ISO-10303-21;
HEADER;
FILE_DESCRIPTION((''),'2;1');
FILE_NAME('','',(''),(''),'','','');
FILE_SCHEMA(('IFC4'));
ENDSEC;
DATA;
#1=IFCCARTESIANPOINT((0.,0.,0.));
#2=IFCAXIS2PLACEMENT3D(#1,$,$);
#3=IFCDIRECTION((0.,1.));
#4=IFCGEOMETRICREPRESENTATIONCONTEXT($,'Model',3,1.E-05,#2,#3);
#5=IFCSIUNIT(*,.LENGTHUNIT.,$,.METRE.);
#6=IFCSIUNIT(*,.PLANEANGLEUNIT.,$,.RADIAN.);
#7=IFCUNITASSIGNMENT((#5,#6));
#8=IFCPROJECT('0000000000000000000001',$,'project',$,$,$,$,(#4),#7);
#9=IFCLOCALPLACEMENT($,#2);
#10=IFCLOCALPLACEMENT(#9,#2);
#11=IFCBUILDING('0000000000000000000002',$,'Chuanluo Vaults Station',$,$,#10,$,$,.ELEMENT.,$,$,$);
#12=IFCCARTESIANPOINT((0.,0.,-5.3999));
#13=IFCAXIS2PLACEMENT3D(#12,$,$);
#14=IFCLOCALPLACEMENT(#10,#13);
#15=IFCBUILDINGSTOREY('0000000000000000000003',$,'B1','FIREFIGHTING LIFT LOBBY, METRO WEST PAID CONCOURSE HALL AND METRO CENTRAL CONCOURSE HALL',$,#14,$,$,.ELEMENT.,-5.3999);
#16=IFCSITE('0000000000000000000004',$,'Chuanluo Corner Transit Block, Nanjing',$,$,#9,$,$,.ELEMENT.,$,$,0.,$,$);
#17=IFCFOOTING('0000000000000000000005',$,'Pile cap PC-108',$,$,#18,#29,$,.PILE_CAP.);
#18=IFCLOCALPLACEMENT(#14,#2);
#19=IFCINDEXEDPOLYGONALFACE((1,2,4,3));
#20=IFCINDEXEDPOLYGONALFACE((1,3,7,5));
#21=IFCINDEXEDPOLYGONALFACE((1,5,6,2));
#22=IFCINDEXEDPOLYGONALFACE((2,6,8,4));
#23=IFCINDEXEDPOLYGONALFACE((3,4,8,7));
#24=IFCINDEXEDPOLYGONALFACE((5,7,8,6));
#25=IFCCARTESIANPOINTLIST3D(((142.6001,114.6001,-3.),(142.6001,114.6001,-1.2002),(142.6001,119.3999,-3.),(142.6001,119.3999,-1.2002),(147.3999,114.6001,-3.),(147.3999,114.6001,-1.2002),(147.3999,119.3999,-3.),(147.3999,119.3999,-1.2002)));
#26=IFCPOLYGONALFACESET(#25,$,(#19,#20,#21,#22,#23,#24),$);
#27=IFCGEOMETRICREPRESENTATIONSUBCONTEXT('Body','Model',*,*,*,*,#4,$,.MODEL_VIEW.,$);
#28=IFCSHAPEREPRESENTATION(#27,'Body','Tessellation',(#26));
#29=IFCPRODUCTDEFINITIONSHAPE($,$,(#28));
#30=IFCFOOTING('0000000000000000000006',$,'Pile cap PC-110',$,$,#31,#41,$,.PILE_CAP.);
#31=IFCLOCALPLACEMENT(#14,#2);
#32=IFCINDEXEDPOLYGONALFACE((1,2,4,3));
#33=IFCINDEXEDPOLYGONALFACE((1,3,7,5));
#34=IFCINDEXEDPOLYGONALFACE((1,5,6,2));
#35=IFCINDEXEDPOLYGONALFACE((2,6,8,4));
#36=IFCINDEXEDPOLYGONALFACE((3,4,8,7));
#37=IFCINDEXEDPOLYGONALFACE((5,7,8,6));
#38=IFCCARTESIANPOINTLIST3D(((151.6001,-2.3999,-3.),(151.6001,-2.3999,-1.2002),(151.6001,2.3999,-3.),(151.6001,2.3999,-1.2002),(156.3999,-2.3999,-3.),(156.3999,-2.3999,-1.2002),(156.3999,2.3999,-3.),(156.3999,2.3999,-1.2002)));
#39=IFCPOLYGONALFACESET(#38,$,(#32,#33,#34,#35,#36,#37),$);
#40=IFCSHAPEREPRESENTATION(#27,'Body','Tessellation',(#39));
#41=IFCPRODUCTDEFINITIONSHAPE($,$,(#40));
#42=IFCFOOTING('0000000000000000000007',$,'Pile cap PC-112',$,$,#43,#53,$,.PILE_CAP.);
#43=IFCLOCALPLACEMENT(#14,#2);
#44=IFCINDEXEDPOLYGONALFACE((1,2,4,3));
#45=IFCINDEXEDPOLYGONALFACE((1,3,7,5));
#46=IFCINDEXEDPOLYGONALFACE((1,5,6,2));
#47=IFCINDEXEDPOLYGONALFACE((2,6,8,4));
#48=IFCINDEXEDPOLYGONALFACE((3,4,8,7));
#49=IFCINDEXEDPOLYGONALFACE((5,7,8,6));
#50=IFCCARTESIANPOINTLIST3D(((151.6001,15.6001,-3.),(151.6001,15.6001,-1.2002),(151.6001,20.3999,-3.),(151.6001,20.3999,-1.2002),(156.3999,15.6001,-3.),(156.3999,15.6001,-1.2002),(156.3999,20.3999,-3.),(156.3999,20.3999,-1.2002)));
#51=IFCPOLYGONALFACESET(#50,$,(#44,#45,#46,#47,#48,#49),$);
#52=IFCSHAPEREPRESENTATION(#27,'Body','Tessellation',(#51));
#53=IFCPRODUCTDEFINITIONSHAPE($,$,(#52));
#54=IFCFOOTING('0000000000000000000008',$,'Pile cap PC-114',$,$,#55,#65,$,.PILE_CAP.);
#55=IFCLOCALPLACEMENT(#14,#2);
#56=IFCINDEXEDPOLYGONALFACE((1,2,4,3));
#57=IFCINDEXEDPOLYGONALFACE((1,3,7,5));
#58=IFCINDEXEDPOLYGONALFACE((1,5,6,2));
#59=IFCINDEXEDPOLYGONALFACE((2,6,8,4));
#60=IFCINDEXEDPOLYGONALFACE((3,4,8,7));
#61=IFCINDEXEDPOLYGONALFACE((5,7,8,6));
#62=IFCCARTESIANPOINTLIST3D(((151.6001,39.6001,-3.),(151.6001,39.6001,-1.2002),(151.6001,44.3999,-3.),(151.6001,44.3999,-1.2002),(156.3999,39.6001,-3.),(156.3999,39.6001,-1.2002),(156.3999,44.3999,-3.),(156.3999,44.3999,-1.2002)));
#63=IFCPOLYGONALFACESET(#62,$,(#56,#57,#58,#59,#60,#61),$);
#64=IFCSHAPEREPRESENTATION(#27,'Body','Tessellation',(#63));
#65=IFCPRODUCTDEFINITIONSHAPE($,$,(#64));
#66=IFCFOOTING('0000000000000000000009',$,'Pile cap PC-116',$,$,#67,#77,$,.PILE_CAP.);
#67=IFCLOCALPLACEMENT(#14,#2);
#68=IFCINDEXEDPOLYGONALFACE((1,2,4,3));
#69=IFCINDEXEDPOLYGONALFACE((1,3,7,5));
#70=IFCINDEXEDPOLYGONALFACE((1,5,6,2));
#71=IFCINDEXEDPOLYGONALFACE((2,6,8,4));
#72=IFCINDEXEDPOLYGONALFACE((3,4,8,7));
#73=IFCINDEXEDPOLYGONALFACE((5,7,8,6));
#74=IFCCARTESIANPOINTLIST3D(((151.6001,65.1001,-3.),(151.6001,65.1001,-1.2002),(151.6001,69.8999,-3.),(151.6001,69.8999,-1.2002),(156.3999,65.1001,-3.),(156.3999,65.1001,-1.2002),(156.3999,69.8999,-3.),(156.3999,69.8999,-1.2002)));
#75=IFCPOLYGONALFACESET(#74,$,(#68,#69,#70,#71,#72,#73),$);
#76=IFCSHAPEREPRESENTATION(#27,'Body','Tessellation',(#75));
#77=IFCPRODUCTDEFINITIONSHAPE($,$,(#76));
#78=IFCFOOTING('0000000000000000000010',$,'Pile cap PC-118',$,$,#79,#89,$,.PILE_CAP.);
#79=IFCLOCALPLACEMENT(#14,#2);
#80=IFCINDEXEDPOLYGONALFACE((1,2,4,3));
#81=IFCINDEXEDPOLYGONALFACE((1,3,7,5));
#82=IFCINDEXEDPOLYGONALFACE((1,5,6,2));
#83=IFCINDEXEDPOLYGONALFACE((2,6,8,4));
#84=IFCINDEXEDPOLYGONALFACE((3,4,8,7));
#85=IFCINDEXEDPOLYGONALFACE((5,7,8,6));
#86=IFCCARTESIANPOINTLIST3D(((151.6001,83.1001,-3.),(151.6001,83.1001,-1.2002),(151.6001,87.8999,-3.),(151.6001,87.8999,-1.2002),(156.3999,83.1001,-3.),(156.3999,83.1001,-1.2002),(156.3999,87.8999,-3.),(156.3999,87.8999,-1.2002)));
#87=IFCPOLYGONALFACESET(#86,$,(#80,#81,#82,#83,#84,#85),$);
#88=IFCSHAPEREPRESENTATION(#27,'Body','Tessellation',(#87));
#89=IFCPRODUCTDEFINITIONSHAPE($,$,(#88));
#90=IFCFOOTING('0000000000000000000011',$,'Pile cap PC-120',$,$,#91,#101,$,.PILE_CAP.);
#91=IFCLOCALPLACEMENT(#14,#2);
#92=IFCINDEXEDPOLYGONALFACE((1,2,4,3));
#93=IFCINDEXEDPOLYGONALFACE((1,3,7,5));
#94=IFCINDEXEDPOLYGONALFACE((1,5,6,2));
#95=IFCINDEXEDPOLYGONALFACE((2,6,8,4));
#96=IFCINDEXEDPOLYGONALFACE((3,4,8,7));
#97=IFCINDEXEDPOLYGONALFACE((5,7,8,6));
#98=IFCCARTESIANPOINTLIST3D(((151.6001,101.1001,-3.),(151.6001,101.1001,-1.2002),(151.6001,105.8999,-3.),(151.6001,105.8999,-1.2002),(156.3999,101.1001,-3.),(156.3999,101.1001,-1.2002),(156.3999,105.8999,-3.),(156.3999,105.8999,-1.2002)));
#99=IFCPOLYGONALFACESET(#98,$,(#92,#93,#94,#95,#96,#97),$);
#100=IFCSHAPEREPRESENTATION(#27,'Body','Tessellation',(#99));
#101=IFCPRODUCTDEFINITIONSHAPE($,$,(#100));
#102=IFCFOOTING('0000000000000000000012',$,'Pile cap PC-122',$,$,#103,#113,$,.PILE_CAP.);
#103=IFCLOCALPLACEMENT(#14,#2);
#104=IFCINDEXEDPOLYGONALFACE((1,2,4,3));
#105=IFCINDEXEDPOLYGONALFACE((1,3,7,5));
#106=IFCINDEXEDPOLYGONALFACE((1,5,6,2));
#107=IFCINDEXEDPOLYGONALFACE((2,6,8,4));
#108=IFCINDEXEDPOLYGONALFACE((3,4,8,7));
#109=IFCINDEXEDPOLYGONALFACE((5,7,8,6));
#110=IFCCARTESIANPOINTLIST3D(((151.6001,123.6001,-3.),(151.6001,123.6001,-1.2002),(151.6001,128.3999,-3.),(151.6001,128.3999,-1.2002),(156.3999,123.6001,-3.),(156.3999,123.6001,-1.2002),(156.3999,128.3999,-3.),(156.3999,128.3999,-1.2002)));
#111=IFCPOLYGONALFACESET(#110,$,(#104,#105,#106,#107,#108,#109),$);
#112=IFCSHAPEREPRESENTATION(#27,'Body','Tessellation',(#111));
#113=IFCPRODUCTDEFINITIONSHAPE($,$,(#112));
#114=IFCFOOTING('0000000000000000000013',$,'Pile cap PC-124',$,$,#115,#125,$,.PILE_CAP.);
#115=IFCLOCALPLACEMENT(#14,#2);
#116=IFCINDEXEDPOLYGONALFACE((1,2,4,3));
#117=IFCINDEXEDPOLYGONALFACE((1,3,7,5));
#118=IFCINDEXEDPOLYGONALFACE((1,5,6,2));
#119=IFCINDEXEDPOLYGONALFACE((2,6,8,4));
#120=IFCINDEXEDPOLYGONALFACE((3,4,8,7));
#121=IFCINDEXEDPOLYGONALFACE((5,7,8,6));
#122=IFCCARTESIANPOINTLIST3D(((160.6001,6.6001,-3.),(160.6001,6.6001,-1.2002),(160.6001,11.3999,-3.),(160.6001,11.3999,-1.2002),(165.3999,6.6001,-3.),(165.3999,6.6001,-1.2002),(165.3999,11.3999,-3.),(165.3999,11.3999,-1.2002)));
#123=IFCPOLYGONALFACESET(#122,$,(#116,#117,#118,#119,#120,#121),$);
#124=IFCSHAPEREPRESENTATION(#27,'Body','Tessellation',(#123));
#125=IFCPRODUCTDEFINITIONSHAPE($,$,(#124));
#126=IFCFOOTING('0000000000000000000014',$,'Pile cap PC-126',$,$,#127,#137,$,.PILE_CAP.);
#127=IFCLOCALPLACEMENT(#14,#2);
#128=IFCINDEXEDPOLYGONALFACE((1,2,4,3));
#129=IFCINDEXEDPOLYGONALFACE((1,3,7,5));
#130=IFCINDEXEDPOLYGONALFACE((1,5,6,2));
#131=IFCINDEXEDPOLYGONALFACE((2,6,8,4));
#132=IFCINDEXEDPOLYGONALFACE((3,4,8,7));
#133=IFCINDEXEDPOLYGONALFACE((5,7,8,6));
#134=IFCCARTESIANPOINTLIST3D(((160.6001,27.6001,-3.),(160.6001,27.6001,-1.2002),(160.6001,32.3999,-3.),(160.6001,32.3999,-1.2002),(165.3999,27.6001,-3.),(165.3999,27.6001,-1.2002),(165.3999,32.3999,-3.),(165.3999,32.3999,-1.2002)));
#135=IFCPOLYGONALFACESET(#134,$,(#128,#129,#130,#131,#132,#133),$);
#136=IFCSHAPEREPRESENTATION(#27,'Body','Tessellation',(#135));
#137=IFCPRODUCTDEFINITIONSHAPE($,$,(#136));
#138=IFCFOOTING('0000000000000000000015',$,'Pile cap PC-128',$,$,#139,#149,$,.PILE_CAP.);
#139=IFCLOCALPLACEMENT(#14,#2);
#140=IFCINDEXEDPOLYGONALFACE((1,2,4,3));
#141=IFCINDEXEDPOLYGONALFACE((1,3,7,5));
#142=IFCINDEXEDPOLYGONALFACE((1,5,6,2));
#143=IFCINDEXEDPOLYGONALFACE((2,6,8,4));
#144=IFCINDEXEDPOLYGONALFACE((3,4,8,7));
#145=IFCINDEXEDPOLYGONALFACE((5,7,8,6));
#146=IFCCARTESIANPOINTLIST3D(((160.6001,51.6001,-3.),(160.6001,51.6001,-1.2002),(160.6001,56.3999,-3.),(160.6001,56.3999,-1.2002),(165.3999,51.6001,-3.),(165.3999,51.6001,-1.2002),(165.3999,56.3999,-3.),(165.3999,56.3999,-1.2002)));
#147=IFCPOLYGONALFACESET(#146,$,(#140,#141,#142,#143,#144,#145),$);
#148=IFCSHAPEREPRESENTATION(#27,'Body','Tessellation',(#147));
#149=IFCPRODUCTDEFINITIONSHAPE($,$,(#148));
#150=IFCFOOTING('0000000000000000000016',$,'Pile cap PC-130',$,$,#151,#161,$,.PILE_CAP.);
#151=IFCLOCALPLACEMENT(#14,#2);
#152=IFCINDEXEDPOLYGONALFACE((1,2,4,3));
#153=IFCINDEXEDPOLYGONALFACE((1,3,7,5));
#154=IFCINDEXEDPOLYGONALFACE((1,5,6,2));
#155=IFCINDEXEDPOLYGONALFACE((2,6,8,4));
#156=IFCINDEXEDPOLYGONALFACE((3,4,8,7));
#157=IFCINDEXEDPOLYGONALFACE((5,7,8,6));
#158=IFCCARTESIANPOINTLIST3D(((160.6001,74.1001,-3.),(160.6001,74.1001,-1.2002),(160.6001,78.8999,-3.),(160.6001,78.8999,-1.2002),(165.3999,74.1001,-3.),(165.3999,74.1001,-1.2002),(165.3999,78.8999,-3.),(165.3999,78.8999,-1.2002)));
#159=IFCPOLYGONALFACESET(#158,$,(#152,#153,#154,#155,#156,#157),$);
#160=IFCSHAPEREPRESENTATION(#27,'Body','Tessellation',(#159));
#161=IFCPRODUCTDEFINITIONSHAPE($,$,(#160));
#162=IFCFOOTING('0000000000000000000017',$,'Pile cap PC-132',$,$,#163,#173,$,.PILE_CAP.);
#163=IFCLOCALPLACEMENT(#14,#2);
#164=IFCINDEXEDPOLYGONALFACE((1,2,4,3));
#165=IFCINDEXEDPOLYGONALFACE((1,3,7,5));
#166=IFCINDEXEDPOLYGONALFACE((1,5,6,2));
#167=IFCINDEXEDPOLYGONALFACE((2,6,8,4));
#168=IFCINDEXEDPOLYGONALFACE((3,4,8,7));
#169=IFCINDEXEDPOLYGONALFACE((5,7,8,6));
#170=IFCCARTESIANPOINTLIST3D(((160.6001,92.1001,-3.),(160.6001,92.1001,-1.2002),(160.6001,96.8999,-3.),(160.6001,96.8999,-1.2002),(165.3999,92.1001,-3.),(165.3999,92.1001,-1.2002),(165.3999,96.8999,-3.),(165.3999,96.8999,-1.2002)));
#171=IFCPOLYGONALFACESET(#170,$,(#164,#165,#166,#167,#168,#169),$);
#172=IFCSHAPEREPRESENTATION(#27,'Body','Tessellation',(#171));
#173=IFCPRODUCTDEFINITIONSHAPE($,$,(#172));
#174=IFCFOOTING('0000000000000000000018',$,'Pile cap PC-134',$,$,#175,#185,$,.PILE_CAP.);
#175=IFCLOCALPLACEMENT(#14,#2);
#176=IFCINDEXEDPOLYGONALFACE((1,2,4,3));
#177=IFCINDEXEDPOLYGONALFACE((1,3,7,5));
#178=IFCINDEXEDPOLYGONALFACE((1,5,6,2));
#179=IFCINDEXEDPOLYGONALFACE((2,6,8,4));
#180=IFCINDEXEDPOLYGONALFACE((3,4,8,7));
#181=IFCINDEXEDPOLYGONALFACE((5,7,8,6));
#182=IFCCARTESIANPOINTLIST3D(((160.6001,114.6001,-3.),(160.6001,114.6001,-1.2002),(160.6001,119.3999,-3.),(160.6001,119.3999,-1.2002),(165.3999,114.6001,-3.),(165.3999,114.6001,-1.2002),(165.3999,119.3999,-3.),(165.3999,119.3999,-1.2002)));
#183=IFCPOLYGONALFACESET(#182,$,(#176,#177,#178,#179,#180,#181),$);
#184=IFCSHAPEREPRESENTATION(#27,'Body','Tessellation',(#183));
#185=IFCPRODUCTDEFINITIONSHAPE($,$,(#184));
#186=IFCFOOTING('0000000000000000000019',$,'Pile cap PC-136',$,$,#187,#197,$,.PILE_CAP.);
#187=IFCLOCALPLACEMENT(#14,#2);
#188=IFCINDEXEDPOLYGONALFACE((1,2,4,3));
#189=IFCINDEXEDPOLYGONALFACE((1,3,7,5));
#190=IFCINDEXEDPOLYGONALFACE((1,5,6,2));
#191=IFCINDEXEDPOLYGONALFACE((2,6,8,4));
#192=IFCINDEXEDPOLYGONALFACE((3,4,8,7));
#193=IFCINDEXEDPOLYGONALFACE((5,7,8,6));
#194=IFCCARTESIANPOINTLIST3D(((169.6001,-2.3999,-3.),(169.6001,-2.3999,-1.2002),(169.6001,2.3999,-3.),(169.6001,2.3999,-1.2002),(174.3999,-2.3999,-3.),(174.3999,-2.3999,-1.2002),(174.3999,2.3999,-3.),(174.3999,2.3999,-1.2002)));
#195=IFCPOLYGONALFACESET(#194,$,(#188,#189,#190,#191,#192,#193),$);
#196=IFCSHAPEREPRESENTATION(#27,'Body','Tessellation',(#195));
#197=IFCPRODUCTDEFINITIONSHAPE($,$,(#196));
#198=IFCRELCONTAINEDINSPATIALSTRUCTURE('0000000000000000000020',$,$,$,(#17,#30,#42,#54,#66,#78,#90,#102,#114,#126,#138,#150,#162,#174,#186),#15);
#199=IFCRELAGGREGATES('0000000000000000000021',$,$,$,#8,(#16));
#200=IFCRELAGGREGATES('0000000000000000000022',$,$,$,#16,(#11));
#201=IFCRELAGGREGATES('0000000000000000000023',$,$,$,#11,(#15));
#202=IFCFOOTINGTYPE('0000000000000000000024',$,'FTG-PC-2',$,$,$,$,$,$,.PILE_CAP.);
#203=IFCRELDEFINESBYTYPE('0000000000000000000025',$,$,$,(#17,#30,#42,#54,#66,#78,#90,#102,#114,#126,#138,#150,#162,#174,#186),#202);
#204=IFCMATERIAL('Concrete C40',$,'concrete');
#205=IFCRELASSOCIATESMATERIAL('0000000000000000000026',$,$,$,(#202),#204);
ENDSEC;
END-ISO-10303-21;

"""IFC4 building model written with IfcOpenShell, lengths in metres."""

from ifc_helpers import new_model, si_unit, direction, frame, origin, place, context, subcontext, project, spatial, polyline, outline, extrude, material, type_object, element, save


model = new_model("IFC4")

# Units and contexts
model_context = context("Model", 3, precision=1e-05, world=origin(), true_north=direction((0.0, 1.0)))
body_context = subcontext(model_context, "Body", "Model", "MODEL_VIEW")
ifc_project = project(units=[si_unit("LENGTHUNIT", "METRE"), si_unit("PLANEANGLEUNIT", "RADIAN")], contexts=[model_context])

# Site, building, storey
site_placement = place(None, origin())
site = spatial("IfcSite", under=ifc_project, at=site_placement, Name="Chuanluo Corner Transit Block, Nanjing", CompositionType="ELEMENT", RefElevation=0.0)
building_placement = place(site_placement, origin())
building = spatial("IfcBuilding", under=site, at=building_placement, Name="Chuanluo Vaults Station", CompositionType="ELEMENT")
storey_placement = place(building_placement, frame((0.0, 0.0, -5.3999)))
storey = spatial("IfcBuildingStorey", under=building, at=storey_placement, Name="B1", Description="FIREFIGHTING LIFT LOBBY, METRO WEST PAID CONCOURSE HALL AND METRO CENTRAL CONCOURSE HALL", CompositionType="ELEMENT", Elevation=-5.3999)

# Footings
ifc_material = material(Name="Concrete C40", Category="concrete")
footing_type = type_object("IfcFootingType", Name="FTG-PC-2", PredefinedType="PILE_CAP", material=ifc_material)
footing_1_placement = place(storey_placement, frame((0.0, 0.0, -3.0)))
element("IfcFooting", 1, at=footing_1_placement, inside=storey, type_object=footing_type, Name="Pile cap PC-108", PredefinedType="PILE_CAP", context=body_context, shape_type="SweptSolid", body=[
    extrude(outline(polyline([(142.6001, 114.6001), (147.3999, 114.6001), (147.3999, 119.3999), (142.6001, 119.3999), (142.6001, 114.6001)])), origin(), (0.0, 0.0, 1.0), 1.7998),
])
footing_2_placement = place(storey_placement, frame((0.0, 0.0, -3.0)))
element("IfcFooting", 2, at=footing_2_placement, inside=storey, type_object=footing_type, Name="Pile cap PC-110", PredefinedType="PILE_CAP", context=body_context, shape_type="SweptSolid", body=[
    extrude(outline(polyline([(151.6001, -2.3999), (156.3999, -2.3999), (156.3999, 2.3999), (151.6001, 2.3999), (151.6001, -2.3999)])), origin(), (0.0, 0.0, 1.0), 1.7998),
])
footing_3_placement = place(storey_placement, frame((0.0, 0.0, -3.0)))
element("IfcFooting", 3, at=footing_3_placement, inside=storey, type_object=footing_type, Name="Pile cap PC-112", PredefinedType="PILE_CAP", context=body_context, shape_type="SweptSolid", body=[
    extrude(outline(polyline([(151.6001, 15.6001), (156.3999, 15.6001), (156.3999, 20.3999), (151.6001, 20.3999), (151.6001, 15.6001)])), origin(), (0.0, 0.0, 1.0), 1.7998),
])
footing_4_placement = place(storey_placement, frame((0.0, 0.0, -3.0)))
element("IfcFooting", 4, at=footing_4_placement, inside=storey, type_object=footing_type, Name="Pile cap PC-114", PredefinedType="PILE_CAP", context=body_context, shape_type="SweptSolid", body=[
    extrude(outline(polyline([(151.6001, 39.6001), (156.3999, 39.6001), (156.3999, 44.3999), (151.6001, 44.3999), (151.6001, 39.6001)])), origin(), (0.0, 0.0, 1.0), 1.7998),
])
footing_5_placement = place(storey_placement, frame((0.0, 0.0, -3.0)))
element("IfcFooting", 5, at=footing_5_placement, inside=storey, type_object=footing_type, Name="Pile cap PC-116", PredefinedType="PILE_CAP", context=body_context, shape_type="SweptSolid", body=[
    extrude(outline(polyline([(151.6001, 65.1001), (156.3999, 65.1001), (156.3999, 69.8999), (151.6001, 69.8999), (151.6001, 65.1001)])), origin(), (0.0, 0.0, 1.0), 1.7998),
])
footing_6_placement = place(storey_placement, frame((0.0, 0.0, -3.0)))
element("IfcFooting", 6, at=footing_6_placement, inside=storey, type_object=footing_type, Name="Pile cap PC-118", PredefinedType="PILE_CAP", context=body_context, shape_type="SweptSolid", body=[
    extrude(outline(polyline([(151.6001, 83.1001), (156.3999, 83.1001), (156.3999, 87.8999), (151.6001, 87.8999), (151.6001, 83.1001)])), origin(), (0.0, 0.0, 1.0), 1.7998),
])
footing_7_placement = place(storey_placement, frame((0.0, 0.0, -3.0)))
element("IfcFooting", 7, at=footing_7_placement, inside=storey, type_object=footing_type, Name="Pile cap PC-120", PredefinedType="PILE_CAP", context=body_context, shape_type="SweptSolid", body=[
    extrude(outline(polyline([(151.6001, 101.1001), (156.3999, 101.1001), (156.3999, 105.8999), (151.6001, 105.8999), (151.6001, 101.1001)])), origin(), (0.0, 0.0, 1.0), 1.7998),
])
footing_8_placement = place(storey_placement, frame((0.0, 0.0, -3.0)))
element("IfcFooting", 8, at=footing_8_placement, inside=storey, type_object=footing_type, Name="Pile cap PC-122", PredefinedType="PILE_CAP", context=body_context, shape_type="SweptSolid", body=[
    extrude(outline(polyline([(151.6001, 123.6001), (156.3999, 123.6001), (156.3999, 128.3999), (151.6001, 128.3999), (151.6001, 123.6001)])), origin(), (0.0, 0.0, 1.0), 1.7998),
])
footing_9_placement = place(storey_placement, frame((0.0, 0.0, -3.0)))
element("IfcFooting", 9, at=footing_9_placement, inside=storey, type_object=footing_type, Name="Pile cap PC-124", PredefinedType="PILE_CAP", context=body_context, shape_type="SweptSolid", body=[
    extrude(outline(polyline([(160.6001, 6.6001), (165.3999, 6.6001), (165.3999, 11.3999), (160.6001, 11.3999), (160.6001, 6.6001)])), origin(), (0.0, 0.0, 1.0), 1.7998),
])
footing_10_placement = place(storey_placement, frame((0.0, 0.0, -3.0)))
element("IfcFooting", 10, at=footing_10_placement, inside=storey, type_object=footing_type, Name="Pile cap PC-126", PredefinedType="PILE_CAP", context=body_context, shape_type="SweptSolid", body=[
    extrude(outline(polyline([(160.6001, 27.6001), (165.3999, 27.6001), (165.3999, 32.3999), (160.6001, 32.3999), (160.6001, 27.6001)])), origin(), (0.0, 0.0, 1.0), 1.7998),
])
footing_11_placement = place(storey_placement, frame((0.0, 0.0, -3.0)))
element("IfcFooting", 11, at=footing_11_placement, inside=storey, type_object=footing_type, Name="Pile cap PC-128", PredefinedType="PILE_CAP", context=body_context, shape_type="SweptSolid", body=[
    extrude(outline(polyline([(160.6001, 51.6001), (165.3999, 51.6001), (165.3999, 56.3999), (160.6001, 56.3999), (160.6001, 51.6001)])), origin(), (0.0, 0.0, 1.0), 1.7998),
])
footing_12_placement = place(storey_placement, frame((0.0, 0.0, -3.0)))
element("IfcFooting", 12, at=footing_12_placement, inside=storey, type_object=footing_type, Name="Pile cap PC-130", PredefinedType="PILE_CAP", context=body_context, shape_type="SweptSolid", body=[
    extrude(outline(polyline([(160.6001, 74.1001), (165.3999, 74.1001), (165.3999, 78.8999), (160.6001, 78.8999), (160.6001, 74.1001)])), origin(), (0.0, 0.0, 1.0), 1.7998),
])
footing_13_placement = place(storey_placement, frame((0.0, 0.0, -3.0)))
element("IfcFooting", 13, at=footing_13_placement, inside=storey, type_object=footing_type, Name="Pile cap PC-132", PredefinedType="PILE_CAP", context=body_context, shape_type="SweptSolid", body=[
    extrude(outline(polyline([(160.6001, 92.1001), (165.3999, 92.1001), (165.3999, 96.8999), (160.6001, 96.8999), (160.6001, 92.1001)])), origin(), (0.0, 0.0, 1.0), 1.7998),
])
footing_14_placement = place(storey_placement, frame((0.0, 0.0, -3.0)))
element("IfcFooting", 14, at=footing_14_placement, inside=storey, type_object=footing_type, Name="Pile cap PC-134", PredefinedType="PILE_CAP", context=body_context, shape_type="SweptSolid", body=[
    extrude(outline(polyline([(160.6001, 114.6001), (165.3999, 114.6001), (165.3999, 119.3999), (160.6001, 119.3999), (160.6001, 114.6001)])), origin(), (0.0, 0.0, 1.0), 1.7998),
])
footing_15_placement = place(storey_placement, frame((0.0, 0.0, -3.0)))
element("IfcFooting", 15, at=footing_15_placement, inside=storey, type_object=footing_type, Name="Pile cap PC-136", PredefinedType="PILE_CAP", context=body_context, shape_type="SweptSolid", body=[
    extrude(outline(polyline([(169.6001, -2.3999), (174.3999, -2.3999), (174.3999, 2.3999), (169.6001, 2.3999), (169.6001, -2.3999)])), origin(), (0.0, 0.0, 1.0), 1.7998),
])

save(model, "model.ifc")
